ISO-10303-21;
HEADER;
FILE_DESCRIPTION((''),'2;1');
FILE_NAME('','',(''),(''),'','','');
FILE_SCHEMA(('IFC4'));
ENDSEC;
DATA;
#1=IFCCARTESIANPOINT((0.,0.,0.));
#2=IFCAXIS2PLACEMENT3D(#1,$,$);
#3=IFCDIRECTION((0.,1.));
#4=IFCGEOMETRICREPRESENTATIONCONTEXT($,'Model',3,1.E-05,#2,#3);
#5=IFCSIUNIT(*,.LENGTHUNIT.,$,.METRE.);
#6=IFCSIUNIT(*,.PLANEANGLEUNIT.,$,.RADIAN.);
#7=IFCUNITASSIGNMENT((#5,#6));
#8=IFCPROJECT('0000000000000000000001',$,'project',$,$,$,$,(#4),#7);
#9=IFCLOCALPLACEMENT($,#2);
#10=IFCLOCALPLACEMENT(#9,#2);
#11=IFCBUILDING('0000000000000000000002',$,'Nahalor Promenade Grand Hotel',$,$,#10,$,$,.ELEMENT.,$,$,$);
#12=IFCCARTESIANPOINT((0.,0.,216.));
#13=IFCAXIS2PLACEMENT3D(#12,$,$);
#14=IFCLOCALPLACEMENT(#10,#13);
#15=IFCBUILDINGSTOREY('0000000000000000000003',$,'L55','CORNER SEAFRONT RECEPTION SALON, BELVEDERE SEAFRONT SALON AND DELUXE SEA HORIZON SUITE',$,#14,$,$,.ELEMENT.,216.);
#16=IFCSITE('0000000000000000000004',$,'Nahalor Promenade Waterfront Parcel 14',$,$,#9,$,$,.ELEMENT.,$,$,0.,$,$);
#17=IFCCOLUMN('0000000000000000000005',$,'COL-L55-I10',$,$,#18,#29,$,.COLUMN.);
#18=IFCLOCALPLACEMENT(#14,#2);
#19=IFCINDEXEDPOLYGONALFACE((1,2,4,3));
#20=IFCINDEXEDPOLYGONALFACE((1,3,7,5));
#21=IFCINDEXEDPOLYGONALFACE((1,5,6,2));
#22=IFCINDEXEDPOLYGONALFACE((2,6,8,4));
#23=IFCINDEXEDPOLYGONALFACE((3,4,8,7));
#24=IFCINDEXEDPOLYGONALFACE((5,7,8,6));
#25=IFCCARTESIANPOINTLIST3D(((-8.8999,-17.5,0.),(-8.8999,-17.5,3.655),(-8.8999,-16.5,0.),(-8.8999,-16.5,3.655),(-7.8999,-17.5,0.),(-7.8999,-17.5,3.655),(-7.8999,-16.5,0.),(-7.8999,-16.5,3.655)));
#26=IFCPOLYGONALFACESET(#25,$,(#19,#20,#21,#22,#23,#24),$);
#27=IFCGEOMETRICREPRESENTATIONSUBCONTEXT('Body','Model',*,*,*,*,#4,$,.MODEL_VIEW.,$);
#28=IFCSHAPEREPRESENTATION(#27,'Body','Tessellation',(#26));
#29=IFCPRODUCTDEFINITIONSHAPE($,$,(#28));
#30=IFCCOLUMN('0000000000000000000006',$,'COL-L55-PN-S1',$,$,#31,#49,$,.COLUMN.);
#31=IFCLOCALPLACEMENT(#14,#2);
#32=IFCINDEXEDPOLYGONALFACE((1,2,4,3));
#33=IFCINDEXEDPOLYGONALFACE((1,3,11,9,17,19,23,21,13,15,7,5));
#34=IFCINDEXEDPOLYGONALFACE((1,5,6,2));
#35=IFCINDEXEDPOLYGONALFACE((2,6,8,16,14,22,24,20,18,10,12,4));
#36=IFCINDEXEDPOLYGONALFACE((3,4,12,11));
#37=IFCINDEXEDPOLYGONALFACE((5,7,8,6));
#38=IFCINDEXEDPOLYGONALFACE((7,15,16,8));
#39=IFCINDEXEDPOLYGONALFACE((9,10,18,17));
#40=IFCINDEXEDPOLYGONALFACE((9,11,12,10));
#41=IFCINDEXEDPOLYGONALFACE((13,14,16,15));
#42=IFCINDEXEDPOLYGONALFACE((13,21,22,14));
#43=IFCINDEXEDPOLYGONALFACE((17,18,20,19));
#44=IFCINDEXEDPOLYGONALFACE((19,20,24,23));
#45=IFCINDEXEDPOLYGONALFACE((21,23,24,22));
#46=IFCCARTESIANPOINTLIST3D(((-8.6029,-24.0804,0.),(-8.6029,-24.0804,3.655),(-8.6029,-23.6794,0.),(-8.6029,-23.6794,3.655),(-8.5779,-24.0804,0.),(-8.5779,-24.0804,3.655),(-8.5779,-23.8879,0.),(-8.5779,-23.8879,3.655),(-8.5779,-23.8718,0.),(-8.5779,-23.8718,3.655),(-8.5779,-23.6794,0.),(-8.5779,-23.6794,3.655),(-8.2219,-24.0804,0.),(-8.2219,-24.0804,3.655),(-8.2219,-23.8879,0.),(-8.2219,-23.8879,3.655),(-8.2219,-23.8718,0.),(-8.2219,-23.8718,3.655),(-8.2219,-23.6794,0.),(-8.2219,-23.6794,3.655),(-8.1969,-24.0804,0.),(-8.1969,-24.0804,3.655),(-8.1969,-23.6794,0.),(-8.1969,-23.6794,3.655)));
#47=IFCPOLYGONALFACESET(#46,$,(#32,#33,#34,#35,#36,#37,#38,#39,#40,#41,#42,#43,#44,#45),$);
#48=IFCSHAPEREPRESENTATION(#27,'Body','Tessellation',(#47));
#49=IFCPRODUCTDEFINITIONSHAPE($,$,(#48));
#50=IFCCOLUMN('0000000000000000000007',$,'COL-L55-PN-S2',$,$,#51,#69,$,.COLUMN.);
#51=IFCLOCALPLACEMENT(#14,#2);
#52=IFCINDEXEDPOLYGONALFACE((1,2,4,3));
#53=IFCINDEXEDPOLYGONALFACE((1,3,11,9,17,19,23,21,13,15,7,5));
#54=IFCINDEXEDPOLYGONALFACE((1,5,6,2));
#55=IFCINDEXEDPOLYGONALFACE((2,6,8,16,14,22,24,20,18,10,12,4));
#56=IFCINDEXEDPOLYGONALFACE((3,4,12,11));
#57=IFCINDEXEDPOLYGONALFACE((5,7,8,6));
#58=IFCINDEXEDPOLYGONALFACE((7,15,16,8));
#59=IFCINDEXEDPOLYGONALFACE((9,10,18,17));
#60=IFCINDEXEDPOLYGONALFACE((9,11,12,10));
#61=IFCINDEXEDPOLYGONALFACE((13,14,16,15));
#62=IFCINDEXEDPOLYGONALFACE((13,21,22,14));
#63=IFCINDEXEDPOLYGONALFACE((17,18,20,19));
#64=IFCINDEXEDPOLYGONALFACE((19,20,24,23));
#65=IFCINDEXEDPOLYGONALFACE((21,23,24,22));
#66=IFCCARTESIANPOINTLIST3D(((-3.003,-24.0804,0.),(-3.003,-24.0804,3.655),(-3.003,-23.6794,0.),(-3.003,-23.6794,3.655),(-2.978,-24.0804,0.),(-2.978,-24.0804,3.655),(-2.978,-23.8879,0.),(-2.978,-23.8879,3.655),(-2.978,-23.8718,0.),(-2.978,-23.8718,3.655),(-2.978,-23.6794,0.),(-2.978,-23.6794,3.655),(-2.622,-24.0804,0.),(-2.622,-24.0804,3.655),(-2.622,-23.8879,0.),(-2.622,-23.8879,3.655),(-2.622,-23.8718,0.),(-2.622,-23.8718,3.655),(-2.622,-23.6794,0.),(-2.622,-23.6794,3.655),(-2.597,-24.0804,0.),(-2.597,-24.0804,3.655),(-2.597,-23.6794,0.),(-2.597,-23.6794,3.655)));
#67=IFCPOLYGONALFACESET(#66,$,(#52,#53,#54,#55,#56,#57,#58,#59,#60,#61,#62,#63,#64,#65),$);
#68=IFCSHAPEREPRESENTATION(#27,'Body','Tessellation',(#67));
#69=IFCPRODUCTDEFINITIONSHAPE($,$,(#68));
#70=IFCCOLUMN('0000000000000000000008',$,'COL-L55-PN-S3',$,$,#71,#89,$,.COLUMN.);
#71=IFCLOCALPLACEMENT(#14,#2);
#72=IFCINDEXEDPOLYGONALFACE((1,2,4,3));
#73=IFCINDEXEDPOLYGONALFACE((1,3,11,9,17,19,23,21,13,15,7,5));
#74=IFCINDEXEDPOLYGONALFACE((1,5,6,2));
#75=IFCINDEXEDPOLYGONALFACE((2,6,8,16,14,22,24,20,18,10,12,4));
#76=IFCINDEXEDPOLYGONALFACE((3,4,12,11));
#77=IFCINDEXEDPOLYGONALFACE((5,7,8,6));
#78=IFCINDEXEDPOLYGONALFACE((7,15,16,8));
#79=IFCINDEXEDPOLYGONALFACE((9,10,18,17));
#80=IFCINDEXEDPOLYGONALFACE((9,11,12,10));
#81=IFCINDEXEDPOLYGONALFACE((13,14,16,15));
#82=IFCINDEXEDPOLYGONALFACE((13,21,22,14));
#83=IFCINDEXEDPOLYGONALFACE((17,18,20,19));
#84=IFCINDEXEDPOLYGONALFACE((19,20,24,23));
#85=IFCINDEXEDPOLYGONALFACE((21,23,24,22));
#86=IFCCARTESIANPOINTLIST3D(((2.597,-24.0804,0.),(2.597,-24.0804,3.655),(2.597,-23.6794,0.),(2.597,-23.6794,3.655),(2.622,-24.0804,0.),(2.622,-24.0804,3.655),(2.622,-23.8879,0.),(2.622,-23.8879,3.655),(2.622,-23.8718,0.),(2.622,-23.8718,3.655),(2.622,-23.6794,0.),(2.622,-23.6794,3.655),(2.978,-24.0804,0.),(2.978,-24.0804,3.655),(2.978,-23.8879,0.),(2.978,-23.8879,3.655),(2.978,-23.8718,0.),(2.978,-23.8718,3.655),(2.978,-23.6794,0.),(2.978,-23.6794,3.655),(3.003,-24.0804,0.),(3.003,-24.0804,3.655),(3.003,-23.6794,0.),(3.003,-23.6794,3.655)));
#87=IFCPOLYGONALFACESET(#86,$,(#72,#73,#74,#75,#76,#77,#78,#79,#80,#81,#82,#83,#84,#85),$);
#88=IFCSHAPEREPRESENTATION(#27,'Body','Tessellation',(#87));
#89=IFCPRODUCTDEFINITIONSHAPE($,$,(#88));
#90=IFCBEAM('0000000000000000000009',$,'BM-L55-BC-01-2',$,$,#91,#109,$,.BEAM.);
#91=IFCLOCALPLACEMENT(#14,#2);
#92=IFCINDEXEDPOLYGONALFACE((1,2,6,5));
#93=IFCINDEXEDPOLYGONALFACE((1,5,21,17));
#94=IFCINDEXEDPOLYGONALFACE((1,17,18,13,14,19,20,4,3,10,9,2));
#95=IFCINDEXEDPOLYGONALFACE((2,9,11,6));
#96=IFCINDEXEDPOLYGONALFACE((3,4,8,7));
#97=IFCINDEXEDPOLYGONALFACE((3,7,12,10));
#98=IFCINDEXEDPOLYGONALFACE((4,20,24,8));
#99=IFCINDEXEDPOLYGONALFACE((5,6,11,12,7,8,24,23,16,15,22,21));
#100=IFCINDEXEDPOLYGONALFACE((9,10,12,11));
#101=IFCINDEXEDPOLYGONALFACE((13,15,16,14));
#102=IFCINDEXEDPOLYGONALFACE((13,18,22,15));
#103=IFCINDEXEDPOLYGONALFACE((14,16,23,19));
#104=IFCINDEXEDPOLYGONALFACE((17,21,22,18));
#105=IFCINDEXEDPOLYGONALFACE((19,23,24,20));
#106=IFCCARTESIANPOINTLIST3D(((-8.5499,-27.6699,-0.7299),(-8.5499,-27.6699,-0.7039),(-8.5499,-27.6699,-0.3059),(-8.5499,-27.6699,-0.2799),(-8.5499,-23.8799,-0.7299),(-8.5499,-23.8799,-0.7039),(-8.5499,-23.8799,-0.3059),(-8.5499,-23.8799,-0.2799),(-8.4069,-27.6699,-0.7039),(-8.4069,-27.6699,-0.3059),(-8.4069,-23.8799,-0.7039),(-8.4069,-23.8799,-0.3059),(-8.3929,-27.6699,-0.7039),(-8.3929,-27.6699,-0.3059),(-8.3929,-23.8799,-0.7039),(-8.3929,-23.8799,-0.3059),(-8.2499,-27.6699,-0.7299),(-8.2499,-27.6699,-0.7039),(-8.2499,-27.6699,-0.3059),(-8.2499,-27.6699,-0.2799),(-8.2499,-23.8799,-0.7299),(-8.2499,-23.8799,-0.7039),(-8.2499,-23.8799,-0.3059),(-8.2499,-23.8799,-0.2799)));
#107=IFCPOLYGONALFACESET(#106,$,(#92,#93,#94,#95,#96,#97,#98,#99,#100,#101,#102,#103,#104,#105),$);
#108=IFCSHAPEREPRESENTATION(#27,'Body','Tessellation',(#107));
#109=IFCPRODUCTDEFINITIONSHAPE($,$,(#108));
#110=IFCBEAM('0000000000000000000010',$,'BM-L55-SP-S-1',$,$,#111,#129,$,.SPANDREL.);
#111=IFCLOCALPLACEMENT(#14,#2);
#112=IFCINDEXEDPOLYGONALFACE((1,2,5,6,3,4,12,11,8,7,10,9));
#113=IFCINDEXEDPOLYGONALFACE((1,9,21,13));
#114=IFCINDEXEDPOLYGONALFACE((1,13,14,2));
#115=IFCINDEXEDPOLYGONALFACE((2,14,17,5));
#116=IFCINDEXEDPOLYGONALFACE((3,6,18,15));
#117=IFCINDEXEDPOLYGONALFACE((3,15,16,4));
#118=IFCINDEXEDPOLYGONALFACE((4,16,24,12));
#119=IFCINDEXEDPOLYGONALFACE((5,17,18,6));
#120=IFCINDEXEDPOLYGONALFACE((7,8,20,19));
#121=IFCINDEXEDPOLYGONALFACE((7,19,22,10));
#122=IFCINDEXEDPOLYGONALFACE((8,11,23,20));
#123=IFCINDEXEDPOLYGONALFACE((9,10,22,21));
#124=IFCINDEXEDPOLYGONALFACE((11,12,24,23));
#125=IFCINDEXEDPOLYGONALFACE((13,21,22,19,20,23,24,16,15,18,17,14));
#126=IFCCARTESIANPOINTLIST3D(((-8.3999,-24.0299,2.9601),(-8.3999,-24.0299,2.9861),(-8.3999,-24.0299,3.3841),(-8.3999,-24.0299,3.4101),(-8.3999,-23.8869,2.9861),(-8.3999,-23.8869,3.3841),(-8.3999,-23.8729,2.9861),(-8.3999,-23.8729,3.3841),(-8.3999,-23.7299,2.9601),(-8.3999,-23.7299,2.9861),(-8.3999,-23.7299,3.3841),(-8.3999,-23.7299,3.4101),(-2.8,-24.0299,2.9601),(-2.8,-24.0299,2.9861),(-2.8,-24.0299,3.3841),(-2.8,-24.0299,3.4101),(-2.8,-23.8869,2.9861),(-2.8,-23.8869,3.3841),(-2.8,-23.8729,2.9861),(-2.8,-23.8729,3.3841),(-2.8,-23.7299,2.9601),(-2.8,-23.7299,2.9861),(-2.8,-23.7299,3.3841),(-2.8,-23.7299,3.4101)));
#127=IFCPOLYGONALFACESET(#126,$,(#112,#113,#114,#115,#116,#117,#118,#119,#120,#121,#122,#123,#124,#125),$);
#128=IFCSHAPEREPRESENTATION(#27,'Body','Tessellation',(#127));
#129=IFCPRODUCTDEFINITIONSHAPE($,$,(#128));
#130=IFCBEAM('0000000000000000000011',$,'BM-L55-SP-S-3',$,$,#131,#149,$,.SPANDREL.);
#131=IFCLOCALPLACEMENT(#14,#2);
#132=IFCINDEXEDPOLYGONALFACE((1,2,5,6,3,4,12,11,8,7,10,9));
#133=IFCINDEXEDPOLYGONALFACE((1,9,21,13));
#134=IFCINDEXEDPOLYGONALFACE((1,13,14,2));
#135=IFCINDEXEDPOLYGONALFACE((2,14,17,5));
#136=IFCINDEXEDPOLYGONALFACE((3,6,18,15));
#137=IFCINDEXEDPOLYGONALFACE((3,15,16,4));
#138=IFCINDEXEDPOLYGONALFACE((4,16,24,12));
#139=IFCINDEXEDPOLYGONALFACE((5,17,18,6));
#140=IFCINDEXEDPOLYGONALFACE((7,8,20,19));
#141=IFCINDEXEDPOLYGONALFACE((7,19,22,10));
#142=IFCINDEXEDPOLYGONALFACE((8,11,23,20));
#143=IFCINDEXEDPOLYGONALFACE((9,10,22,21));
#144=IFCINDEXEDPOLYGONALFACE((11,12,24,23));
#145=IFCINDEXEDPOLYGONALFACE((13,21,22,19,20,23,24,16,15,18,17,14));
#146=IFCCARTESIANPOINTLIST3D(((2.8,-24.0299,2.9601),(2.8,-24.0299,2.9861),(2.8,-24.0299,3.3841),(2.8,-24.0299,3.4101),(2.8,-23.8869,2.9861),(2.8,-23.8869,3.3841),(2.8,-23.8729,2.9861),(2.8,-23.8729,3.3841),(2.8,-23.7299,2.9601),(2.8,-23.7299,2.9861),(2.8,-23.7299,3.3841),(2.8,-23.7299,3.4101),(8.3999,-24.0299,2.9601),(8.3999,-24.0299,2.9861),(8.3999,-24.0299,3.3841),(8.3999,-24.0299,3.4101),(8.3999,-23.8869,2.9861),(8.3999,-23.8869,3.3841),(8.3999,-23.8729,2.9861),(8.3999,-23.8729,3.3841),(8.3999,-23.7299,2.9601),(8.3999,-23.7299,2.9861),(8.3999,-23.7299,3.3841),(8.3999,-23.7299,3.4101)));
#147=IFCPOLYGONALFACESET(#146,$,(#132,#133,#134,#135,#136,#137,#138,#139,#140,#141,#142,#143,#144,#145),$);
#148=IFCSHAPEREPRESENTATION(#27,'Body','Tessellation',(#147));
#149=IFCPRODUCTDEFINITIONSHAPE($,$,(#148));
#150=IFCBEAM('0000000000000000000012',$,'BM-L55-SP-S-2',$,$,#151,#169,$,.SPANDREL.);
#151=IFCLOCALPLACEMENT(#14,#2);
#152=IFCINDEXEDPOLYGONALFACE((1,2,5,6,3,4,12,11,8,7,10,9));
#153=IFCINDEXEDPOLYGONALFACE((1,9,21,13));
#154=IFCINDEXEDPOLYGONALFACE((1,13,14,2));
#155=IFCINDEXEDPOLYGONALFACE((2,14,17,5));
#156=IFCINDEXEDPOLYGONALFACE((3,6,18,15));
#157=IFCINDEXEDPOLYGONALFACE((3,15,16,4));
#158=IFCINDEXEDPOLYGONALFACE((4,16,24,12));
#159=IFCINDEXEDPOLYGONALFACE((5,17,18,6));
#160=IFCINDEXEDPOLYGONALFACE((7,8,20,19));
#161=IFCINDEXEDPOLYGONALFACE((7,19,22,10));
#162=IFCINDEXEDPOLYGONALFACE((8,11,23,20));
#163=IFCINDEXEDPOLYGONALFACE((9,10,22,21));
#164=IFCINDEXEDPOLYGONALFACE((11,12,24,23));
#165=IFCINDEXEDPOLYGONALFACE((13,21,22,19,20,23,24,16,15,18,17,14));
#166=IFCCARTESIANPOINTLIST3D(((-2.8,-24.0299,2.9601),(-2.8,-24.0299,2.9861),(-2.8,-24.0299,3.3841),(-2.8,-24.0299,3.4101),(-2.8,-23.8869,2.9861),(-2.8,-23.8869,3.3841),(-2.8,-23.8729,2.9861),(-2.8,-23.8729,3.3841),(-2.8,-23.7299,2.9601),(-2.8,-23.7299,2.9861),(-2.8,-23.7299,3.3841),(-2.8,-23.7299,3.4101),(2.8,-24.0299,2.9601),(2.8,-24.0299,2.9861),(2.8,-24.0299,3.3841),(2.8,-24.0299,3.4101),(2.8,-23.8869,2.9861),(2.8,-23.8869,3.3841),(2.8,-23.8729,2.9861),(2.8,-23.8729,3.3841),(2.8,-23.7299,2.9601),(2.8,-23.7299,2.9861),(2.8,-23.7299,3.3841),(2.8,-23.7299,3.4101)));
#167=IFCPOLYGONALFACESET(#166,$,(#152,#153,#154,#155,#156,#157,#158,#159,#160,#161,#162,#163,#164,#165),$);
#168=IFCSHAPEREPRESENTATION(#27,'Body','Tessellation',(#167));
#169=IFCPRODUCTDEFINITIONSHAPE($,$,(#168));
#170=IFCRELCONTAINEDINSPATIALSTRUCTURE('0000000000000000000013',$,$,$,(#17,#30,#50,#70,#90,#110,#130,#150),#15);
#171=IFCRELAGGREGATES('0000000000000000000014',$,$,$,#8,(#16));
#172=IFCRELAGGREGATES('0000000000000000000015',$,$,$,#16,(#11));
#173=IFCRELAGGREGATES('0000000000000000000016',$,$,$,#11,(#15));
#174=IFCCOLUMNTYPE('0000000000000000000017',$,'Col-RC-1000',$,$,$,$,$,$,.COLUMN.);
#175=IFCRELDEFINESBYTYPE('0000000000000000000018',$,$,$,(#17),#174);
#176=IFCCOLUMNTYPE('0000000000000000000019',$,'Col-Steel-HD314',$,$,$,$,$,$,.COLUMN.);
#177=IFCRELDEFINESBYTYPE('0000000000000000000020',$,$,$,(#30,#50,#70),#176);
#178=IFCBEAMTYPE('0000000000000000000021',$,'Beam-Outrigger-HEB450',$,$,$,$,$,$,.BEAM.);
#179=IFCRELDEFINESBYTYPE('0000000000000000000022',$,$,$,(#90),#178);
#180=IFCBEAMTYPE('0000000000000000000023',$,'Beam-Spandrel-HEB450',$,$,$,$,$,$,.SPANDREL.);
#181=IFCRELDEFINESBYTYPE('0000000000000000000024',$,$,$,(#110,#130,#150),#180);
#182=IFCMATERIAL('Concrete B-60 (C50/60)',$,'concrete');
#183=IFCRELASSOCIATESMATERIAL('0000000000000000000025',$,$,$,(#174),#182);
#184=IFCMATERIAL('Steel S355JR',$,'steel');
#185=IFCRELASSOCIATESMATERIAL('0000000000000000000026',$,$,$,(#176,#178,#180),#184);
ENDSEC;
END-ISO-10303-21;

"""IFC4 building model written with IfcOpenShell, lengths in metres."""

from ifc_helpers import new_model, si_unit, direction, frame, origin, origin_2d, place, context, subcontext, project, spatial, rectangle, i_section, extrude, source, transform, mapped, material, material_profile, profile_set, type_object, element, save


model = new_model("IFC4")

# Units and contexts
model_context = context("Model", 3, precision=1e-05, world=origin(), true_north=direction((0.0, 1.0)))
body_context = subcontext(model_context, "Body", "Model", "MODEL_VIEW")
ifc_project = project(units=[si_unit("LENGTHUNIT", "METRE"), si_unit("PLANEANGLEUNIT", "RADIAN")], contexts=[model_context])

# Site, building, storey
site_placement = place(None, origin())
site = spatial("IfcSite", under=ifc_project, at=site_placement, Name="Nahalor Promenade Waterfront Parcel 14", CompositionType="ELEMENT", RefElevation=0.0)
building_placement = place(site_placement, origin())
building = spatial("IfcBuilding", under=site, at=building_placement, Name="Nahalor Promenade Grand Hotel", CompositionType="ELEMENT")
storey_placement = place(building_placement, frame((0.0, 0.0, 216.0)))
storey = spatial("IfcBuildingStorey", under=building, at=storey_placement, Name="L55", Description="CORNER SEAFRONT RECEPTION SALON, BELVEDERE SEAFRONT SALON AND DELUXE SEA HORIZON SUITE", CompositionType="ELEMENT", Elevation=216.0)

# Columns
ifc_material_1 = material(Name="Concrete B-60 (C50/60)", Category="concrete")
ifc_material_profile_1 = material_profile(ifc_material_1, rectangle(XDim=1.0, YDim=1.0, at=origin_2d()), Name="RC 1000x1000")
ifc_profile_set_1 = profile_set([ifc_material_profile_1], Name="Concrete B-60 (C50/60)")
column_type_1 = type_object("IfcColumnType", Name="Col-RC-1000", PredefinedType="COLUMN", material=ifc_profile_set_1)
shared_shape_1 = source(origin(), body_context, "Body", "SweptSolid", [
    extrude(rectangle(XDim=1.0, YDim=1.0, at=origin_2d()), origin(), (0.0, 0.0, 1.0), 3.655),
])
column_placement = place(storey_placement, frame((-8.3999, -17.0, 0.0), z_axis=(0.0, 0.0, 1.0), x_axis=(1.0, 0.0, 0.0)))
element("IfcColumn", 1, at=column_placement, inside=storey, type_object=column_type_1, Name="COL-L55-I10", PredefinedType="COLUMN", context=body_context, shape_type="MappedRepresentation", body=[
    mapped(shared_shape_1, transform((0.0, 0.0, 0.0), scale=1.0)),
])
ifc_material_2 = material(Name="Steel S355JR", Category="steel")
ifc_material_profile_2 = material_profile(ifc_material_2, i_section(OverallWidth=0.401, OverallDepth=0.406, WebThickness=0.0161, FlangeThickness=0.025, at=origin_2d()), Name="HD 400x314")
ifc_profile_set_2 = profile_set([ifc_material_profile_2], Name="Steel S355JR")
column_type_2 = type_object("IfcColumnType", Name="Col-Steel-HD314", PredefinedType="COLUMN", material=ifc_profile_set_2)
shared_shape_2 = source(origin(), body_context, "Body", "SweptSolid", [
    extrude(i_section(OverallWidth=0.401, OverallDepth=0.406, WebThickness=0.0161, FlangeThickness=0.025, at=origin_2d()), origin(), (0.0, 0.0, 1.0), 3.655),
])
for number, where, z_axis, x_axis, name in (
    (2, (-8.3999, -23.8799, 0.0), (0.0, 0.0, 1.0), (0.0, 1.0, 0.0), "COL-L55-PN-S1"),
    (3, (-2.8, -23.8799, 0.0), (0.0, 0.0, 1.0), (0.0, 1.0, 0.0), "COL-L55-PN-S2"),
    (4, (2.8, -23.8799, 0.0), (0.0, 0.0, 1.0), (0.0, 1.0, 0.0), "COL-L55-PN-S3"),
):
    element("IfcColumn", number, at=place(storey_placement, frame(where, z_axis=z_axis, x_axis=x_axis)), inside=storey, type_object=column_type_2, Name=name, PredefinedType="COLUMN", context=body_context, shape_type="MappedRepresentation", body=[
        mapped(shared_shape_2, transform((0.0, 0.0, 0.0), scale=1.0)),
    ])

# Beams
ifc_material_profile_3 = material_profile(ifc_material_2, i_section(OverallWidth=0.3, OverallDepth=0.45, WebThickness=0.014, FlangeThickness=0.026, at=origin_2d()), Name="HEB 450")
ifc_profile_set_3 = profile_set([ifc_material_profile_3], Name="Steel S355JR")
beam_type_1 = type_object("IfcBeamType", Name="Beam-Outrigger-HEB450", PredefinedType="BEAM", material=ifc_profile_set_3)
shared_shape_3 = source(origin(), body_context, "Body", "SweptSolid", [
    extrude(i_section(OverallWidth=0.3, OverallDepth=0.45, WebThickness=0.014, FlangeThickness=0.026, at=origin_2d()), origin(), (0.0, 0.0, 1.0), 3.79),
])
beam_1_placement = place(storey_placement, frame((-8.3999, -27.6699, -0.5049), z_axis=(0.0, 1.0, 0.0), x_axis=(-1.0, 0.0, 0.0)))
element("IfcBeam", 5, at=beam_1_placement, inside=storey, type_object=beam_type_1, Name="BM-L55-BC-01-2", PredefinedType="BEAM", context=body_context, shape_type="MappedRepresentation", body=[
    mapped(shared_shape_3, transform((0.0, 0.0, 0.0), scale=1.0)),
])
ifc_material_profile_4 = material_profile(ifc_material_2, i_section(OverallWidth=0.3, OverallDepth=0.45, WebThickness=0.014, FlangeThickness=0.026, at=origin_2d()), Name="HEB 450")
ifc_profile_set_4 = profile_set([ifc_material_profile_4], Name="Steel S355JR")
beam_type_2 = type_object("IfcBeamType", Name="Beam-Spandrel-HEB450", PredefinedType="SPANDREL", material=ifc_profile_set_4)
shared_shape_4 = source(origin(), body_context, "Body", "SweptSolid", [
    extrude(i_section(OverallWidth=0.3, OverallDepth=0.45, WebThickness=0.014, FlangeThickness=0.026, at=origin_2d()), origin(), (0.0, 0.0, 1.0), 5.5999),
])
for number, where, z_axis, x_axis, name in (
    (6, (-8.3999, -23.8799, 3.1851), (1.0, 0.0, 0.0), (0.0, 1.0, 0.0), "BM-L55-SP-S-1"),
    (7, (2.8, -23.8799, 3.1851), (1.0, 0.0, 0.0), (0.0, 1.0, 0.0), "BM-L55-SP-S-3"),
):
    element("IfcBeam", number, at=place(storey_placement, frame(where, z_axis=z_axis, x_axis=x_axis)), inside=storey, type_object=beam_type_2, Name=name, PredefinedType="SPANDREL", context=body_context, shape_type="MappedRepresentation", body=[
        mapped(shared_shape_4, transform((0.0, 0.0, 0.0), scale=1.0)),
    ])
shared_shape_5 = source(origin(), body_context, "Body", "SweptSolid", [
    extrude(i_section(OverallWidth=0.3, OverallDepth=0.45, WebThickness=0.014, FlangeThickness=0.026, at=origin_2d()), origin(), (0.0, 0.0, 1.0), 5.6001),
])
beam_2_placement = place(storey_placement, frame((-2.8, -23.8799, 3.1851), z_axis=(1.0, 0.0, 0.0), x_axis=(0.0, 1.0, 0.0)))
element("IfcBeam", 8, at=beam_2_placement, inside=storey, type_object=beam_type_2, Name="BM-L55-SP-S-2", PredefinedType="SPANDREL", context=body_context, shape_type="MappedRepresentation", body=[
    mapped(shared_shape_5, transform((0.0, 0.0, 0.0), scale=1.0)),
])

save(model, "model.ifc")
